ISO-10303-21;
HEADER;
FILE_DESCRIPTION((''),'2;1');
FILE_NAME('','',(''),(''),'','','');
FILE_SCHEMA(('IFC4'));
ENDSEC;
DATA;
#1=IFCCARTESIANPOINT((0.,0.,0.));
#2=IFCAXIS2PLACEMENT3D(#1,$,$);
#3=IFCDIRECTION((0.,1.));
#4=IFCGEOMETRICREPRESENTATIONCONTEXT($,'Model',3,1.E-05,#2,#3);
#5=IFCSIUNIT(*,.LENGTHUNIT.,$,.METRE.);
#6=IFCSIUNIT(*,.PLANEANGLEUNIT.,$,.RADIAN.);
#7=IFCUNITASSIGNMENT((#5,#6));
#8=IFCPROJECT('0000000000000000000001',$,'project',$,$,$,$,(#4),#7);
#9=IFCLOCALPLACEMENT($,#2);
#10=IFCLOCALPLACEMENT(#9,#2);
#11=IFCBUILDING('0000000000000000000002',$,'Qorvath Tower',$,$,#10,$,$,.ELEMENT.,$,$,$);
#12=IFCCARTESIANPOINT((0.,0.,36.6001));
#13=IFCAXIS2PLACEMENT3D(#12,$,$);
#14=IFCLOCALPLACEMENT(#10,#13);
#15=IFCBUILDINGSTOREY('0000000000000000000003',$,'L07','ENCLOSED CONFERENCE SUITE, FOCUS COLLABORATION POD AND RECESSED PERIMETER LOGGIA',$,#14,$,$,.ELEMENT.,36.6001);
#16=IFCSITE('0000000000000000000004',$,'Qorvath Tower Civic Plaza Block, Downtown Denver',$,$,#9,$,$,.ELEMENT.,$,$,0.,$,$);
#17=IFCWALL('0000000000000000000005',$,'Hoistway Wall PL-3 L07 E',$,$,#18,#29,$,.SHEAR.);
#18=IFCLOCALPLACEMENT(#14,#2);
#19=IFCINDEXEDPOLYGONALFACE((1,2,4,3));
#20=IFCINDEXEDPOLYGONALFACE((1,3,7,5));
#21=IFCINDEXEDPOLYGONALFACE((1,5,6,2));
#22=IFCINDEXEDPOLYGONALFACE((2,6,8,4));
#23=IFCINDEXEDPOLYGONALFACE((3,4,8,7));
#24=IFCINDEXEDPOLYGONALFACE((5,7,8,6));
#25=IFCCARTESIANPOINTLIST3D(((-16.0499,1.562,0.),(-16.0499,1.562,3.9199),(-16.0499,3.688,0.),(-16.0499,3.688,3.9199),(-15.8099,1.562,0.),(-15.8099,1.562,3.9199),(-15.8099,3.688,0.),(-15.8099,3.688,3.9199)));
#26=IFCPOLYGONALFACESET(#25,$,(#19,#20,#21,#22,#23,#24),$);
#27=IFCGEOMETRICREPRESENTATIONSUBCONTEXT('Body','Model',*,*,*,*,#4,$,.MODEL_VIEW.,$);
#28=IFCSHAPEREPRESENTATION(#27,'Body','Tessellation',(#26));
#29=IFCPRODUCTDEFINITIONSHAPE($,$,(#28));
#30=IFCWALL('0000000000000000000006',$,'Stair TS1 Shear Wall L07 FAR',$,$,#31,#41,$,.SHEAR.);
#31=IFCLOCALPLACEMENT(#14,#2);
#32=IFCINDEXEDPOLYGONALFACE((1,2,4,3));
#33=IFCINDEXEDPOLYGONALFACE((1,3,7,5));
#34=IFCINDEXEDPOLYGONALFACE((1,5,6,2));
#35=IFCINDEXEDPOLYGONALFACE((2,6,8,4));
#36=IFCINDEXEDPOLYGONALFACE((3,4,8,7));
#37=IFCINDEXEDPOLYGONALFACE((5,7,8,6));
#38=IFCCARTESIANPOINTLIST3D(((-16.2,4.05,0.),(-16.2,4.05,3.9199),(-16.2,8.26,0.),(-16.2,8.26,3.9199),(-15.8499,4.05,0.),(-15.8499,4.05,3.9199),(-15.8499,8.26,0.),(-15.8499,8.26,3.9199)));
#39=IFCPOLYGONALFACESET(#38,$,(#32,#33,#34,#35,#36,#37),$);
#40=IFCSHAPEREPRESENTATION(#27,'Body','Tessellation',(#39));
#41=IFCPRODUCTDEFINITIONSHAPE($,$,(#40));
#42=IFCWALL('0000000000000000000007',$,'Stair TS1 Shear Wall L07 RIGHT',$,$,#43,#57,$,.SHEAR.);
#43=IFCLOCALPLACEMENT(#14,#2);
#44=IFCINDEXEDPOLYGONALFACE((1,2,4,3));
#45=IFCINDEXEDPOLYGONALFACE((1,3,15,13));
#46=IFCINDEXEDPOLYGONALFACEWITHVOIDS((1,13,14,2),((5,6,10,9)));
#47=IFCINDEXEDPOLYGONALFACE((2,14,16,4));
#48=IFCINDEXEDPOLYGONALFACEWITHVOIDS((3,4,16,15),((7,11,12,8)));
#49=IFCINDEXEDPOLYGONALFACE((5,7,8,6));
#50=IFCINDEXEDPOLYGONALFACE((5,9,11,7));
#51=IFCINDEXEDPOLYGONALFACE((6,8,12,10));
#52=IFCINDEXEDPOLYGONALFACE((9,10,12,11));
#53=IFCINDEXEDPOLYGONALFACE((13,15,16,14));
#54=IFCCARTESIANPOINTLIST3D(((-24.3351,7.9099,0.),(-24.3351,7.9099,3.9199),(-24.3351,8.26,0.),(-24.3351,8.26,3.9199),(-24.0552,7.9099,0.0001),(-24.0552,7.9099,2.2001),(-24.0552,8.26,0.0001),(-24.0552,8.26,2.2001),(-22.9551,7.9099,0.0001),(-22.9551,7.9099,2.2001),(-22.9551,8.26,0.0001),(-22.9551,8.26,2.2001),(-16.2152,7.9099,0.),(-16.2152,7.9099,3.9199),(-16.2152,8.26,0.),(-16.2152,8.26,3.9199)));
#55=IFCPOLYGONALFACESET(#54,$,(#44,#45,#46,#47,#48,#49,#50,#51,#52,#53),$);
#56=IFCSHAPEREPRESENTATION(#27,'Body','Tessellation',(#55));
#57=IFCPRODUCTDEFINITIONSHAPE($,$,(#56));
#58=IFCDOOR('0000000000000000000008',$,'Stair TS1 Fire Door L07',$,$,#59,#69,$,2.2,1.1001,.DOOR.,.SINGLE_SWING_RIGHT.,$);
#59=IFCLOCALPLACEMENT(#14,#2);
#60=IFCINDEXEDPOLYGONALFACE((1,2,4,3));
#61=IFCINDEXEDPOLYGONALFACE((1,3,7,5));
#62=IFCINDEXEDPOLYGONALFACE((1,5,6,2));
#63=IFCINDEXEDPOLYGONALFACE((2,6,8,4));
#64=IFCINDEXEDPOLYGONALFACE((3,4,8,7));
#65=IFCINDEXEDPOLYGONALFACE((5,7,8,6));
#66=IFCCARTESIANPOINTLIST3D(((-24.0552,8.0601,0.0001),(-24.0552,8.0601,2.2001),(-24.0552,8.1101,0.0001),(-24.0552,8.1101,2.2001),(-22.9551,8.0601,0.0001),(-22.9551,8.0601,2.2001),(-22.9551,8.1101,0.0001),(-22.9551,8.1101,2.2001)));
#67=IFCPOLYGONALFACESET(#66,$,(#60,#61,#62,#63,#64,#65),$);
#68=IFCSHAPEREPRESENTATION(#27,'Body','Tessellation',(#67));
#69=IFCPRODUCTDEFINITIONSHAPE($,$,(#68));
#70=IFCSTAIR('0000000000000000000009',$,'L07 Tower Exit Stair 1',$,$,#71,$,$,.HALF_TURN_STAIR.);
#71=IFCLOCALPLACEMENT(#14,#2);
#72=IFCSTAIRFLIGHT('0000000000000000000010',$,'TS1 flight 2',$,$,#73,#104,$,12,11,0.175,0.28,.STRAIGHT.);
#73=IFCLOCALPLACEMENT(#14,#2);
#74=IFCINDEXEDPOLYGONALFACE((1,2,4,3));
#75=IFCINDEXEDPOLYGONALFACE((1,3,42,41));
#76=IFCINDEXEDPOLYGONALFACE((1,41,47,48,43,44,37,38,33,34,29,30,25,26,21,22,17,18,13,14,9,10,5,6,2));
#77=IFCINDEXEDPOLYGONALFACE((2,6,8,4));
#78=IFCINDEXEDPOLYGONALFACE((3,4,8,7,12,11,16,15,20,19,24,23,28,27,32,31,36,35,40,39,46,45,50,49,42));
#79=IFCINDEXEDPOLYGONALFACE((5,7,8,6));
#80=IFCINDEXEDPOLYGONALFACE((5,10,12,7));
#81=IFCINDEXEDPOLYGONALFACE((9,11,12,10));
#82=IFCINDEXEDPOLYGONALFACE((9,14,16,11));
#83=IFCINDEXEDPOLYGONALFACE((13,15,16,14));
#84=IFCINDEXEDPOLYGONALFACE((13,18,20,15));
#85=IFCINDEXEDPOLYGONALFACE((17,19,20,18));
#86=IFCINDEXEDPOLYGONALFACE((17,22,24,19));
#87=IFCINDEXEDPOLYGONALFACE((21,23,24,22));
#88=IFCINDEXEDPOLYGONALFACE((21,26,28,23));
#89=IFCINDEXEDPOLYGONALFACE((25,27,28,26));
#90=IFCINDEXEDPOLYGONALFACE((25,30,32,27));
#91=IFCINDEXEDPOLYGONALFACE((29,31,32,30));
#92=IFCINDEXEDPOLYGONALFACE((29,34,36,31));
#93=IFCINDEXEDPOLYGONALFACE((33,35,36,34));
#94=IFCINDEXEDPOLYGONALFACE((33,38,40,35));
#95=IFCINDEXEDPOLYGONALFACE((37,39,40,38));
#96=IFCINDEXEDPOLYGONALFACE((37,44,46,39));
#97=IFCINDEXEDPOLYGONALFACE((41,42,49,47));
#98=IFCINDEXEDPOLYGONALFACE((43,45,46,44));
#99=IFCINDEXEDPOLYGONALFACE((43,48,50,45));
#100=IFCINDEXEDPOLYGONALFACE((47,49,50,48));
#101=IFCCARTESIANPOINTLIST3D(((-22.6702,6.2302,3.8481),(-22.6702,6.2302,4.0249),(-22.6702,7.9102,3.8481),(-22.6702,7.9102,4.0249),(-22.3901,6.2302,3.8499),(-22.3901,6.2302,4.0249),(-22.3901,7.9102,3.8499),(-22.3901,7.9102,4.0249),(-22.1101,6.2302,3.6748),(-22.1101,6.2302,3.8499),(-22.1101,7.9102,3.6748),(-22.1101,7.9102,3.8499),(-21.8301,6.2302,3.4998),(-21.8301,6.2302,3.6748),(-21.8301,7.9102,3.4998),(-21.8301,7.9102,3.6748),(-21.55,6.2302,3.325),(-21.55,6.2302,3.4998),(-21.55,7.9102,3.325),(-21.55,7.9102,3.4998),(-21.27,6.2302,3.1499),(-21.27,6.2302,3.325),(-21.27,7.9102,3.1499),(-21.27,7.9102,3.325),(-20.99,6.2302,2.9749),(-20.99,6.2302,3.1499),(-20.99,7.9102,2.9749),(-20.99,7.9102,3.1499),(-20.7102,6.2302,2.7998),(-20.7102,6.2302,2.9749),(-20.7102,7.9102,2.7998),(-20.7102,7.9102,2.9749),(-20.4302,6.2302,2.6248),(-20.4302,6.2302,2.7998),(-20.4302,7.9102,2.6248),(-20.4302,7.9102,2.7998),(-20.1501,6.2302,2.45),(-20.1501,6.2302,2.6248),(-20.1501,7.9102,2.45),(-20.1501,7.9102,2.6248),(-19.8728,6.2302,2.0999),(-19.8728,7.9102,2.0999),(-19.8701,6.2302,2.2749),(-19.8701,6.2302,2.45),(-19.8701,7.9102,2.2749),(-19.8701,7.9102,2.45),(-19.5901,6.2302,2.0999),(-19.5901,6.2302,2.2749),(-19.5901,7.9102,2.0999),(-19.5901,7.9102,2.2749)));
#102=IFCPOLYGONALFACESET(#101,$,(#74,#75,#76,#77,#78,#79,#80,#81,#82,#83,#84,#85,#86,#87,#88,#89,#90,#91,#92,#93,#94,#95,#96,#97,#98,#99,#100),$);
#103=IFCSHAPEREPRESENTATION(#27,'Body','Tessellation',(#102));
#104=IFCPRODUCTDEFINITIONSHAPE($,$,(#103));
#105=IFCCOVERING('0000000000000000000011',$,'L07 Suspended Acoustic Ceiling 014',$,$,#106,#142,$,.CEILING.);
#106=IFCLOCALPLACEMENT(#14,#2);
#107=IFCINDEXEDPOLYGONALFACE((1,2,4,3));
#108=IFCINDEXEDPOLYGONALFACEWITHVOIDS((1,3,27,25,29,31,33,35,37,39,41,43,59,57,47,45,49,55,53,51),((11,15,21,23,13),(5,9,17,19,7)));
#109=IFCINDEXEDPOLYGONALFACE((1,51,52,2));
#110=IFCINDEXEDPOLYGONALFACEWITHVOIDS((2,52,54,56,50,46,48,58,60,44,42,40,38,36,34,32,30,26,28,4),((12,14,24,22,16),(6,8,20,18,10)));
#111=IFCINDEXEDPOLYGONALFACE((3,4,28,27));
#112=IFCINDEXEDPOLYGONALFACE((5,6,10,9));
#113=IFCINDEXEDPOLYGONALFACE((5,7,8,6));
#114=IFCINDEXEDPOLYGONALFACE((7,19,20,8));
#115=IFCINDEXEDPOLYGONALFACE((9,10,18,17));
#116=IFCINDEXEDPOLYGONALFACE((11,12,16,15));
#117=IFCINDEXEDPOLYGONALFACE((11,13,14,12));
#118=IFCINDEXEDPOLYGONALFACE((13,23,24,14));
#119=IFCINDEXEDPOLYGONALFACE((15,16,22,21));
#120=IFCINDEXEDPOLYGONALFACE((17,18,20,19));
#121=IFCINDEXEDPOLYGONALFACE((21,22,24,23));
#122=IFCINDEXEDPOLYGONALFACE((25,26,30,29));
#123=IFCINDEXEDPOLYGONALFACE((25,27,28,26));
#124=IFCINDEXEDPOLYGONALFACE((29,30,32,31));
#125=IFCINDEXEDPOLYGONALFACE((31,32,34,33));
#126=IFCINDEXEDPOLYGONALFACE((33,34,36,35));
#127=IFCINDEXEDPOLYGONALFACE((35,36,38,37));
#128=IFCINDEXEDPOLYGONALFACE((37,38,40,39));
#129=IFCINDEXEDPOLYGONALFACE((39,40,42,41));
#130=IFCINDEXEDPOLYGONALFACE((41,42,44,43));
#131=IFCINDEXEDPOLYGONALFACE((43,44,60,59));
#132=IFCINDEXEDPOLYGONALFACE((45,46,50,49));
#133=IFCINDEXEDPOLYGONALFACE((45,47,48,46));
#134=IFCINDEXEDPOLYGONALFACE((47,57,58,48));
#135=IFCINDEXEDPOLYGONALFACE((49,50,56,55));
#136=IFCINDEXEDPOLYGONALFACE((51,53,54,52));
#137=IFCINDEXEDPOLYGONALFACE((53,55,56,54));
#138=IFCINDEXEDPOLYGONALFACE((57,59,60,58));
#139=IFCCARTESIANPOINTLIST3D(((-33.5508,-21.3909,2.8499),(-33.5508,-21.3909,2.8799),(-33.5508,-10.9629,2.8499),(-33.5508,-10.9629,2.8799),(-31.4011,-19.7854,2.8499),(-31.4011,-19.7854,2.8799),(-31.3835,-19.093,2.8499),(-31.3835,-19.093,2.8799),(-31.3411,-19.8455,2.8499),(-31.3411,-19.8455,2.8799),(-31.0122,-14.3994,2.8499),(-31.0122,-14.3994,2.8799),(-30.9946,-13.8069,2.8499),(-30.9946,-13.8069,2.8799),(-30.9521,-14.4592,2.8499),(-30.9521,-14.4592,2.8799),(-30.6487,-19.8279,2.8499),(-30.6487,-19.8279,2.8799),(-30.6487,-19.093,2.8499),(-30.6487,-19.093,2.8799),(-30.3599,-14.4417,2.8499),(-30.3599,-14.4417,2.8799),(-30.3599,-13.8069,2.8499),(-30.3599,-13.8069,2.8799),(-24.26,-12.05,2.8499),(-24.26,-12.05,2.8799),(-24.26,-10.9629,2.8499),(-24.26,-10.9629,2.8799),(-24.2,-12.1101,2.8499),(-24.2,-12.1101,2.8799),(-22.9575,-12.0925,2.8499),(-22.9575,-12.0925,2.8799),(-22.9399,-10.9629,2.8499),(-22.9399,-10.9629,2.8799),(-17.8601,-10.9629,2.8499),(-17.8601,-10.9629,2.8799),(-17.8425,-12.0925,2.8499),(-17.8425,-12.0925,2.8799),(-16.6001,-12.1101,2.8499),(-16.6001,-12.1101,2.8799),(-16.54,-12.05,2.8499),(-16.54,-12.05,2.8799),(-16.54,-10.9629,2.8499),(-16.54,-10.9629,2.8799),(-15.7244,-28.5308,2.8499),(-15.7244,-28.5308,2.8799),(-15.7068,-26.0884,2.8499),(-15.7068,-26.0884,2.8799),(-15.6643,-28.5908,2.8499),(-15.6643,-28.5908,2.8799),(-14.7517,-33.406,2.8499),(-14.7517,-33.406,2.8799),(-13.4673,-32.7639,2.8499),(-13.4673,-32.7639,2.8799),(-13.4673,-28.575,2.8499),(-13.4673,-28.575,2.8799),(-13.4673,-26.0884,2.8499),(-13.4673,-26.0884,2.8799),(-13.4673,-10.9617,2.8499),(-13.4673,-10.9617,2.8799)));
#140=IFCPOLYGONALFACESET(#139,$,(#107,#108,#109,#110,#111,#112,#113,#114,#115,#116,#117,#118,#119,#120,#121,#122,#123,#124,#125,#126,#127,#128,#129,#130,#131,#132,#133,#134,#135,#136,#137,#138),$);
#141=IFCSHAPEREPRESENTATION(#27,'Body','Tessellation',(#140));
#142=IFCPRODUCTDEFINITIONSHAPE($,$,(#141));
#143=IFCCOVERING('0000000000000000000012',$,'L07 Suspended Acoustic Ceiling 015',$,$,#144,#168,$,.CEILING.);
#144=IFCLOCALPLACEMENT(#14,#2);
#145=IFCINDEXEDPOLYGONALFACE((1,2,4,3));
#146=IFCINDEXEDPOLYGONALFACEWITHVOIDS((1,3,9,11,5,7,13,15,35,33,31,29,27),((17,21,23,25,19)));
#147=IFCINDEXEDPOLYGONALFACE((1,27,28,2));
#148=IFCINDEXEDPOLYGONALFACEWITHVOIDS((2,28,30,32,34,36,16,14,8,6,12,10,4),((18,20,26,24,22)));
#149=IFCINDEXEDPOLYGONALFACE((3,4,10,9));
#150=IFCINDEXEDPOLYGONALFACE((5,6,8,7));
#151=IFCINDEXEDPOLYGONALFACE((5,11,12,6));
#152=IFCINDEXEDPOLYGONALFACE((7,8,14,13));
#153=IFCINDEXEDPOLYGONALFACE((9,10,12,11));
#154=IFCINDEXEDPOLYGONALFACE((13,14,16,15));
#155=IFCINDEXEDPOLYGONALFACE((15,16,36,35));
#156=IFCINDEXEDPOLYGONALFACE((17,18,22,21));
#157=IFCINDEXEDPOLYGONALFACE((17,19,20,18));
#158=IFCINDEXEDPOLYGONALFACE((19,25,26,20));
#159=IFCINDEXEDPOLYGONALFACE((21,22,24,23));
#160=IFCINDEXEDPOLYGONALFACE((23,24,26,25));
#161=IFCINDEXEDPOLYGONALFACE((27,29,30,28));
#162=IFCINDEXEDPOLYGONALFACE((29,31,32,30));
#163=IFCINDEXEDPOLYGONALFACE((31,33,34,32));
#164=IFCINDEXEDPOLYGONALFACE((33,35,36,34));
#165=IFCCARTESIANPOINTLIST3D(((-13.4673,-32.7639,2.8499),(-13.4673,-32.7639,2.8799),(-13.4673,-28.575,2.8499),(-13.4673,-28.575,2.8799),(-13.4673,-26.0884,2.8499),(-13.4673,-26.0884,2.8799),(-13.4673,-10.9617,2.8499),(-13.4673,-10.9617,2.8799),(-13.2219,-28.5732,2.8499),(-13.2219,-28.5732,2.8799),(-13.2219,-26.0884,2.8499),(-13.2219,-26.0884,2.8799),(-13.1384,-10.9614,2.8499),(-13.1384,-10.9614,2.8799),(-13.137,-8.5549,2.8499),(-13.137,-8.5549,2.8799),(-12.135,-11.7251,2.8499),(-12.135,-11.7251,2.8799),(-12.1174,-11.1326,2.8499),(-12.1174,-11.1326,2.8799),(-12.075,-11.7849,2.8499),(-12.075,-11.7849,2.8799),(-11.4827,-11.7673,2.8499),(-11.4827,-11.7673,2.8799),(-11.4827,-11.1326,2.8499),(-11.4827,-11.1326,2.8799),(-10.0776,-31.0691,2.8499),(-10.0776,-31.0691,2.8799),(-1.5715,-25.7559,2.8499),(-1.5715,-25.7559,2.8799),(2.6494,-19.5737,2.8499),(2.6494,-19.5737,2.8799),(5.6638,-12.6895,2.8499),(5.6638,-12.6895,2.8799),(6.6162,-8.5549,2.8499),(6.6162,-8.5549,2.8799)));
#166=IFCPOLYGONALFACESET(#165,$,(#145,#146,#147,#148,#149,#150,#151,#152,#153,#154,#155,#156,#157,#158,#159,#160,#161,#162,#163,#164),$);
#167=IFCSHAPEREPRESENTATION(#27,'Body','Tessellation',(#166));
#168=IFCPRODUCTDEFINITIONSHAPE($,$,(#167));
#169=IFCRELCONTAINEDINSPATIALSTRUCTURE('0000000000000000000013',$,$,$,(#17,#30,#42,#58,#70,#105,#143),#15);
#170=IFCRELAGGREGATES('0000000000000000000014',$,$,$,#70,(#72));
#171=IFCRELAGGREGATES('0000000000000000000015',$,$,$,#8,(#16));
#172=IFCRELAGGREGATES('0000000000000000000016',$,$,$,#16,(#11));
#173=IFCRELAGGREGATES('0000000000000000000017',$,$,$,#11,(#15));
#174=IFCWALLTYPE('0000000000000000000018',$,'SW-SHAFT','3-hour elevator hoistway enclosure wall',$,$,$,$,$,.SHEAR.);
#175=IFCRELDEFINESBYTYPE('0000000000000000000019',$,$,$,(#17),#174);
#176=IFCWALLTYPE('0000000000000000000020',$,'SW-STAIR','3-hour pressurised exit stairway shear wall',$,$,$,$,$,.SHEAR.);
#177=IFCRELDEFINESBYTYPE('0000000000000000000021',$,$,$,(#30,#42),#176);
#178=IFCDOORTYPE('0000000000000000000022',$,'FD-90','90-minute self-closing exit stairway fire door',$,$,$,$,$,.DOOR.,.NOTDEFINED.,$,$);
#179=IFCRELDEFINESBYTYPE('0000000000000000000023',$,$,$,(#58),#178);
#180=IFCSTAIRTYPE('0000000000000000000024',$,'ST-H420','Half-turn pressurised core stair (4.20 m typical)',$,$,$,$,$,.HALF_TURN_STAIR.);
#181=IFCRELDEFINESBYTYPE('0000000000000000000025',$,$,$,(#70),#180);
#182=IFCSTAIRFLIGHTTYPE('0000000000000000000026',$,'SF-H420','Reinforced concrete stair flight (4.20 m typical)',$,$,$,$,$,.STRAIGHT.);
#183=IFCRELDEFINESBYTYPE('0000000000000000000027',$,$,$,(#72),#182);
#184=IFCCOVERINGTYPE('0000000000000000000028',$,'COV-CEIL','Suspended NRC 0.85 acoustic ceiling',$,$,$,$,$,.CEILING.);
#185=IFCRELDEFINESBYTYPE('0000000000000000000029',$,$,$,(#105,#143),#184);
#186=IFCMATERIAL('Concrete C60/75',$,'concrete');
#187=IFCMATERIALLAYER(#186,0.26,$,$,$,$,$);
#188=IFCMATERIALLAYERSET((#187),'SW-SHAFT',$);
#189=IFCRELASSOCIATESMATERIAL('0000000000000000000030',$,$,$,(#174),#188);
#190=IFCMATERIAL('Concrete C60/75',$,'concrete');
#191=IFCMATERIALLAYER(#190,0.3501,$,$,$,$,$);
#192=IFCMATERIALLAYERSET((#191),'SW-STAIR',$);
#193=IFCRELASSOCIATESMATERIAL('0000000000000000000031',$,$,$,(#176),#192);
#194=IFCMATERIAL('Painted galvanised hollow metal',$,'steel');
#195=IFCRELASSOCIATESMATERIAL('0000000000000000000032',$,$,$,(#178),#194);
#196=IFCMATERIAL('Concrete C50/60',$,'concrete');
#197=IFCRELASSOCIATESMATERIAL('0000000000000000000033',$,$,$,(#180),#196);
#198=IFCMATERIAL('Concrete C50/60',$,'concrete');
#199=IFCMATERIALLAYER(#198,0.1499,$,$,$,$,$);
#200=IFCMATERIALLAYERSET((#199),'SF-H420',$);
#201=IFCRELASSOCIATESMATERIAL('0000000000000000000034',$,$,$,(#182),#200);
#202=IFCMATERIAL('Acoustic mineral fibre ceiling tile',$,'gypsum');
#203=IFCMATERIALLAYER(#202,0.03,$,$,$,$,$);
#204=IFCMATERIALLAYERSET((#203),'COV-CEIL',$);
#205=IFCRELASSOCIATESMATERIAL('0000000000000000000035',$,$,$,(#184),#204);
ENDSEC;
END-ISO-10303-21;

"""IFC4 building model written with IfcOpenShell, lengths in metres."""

from ifc_helpers import new_model, si_unit, direction, frame, frame_2d, origin, place, context, subcontext, project, spatial, polyline, rectangle, outline, extrude, material, layer, layer_set, type_object, element, fill, aggregate, save


model = new_model("IFC4")

# Units and contexts
model_context = context("Model", 3, precision=1e-05, world=origin(), true_north=direction((0.0, 1.0)))
body_context = subcontext(model_context, "Body", "Model", "MODEL_VIEW")
ifc_project = project(units=[si_unit("LENGTHUNIT", "METRE"), si_unit("PLANEANGLEUNIT", "RADIAN")], contexts=[model_context])

# Site, building, storey
site_placement = place(None, origin())
site = spatial("IfcSite", under=ifc_project, at=site_placement, Name="Qorvath Tower Civic Plaza Block, Downtown Denver", CompositionType="ELEMENT", RefElevation=0.0)
building_placement = place(site_placement, origin())
building = spatial("IfcBuilding", under=site, at=building_placement, Name="Qorvath Tower", CompositionType="ELEMENT")
storey_placement = place(building_placement, frame((0.0, 0.0, 36.6001)))
storey = spatial("IfcBuildingStorey", under=building, at=storey_placement, Name="L07", Description="ENCLOSED CONFERENCE SUITE, FOCUS COLLABORATION POD AND RECESSED PERIMETER LOGGIA", CompositionType="ELEMENT", Elevation=36.6001)

# Shared definitions
ifc_material_1 = material(Name="Concrete C60/75", Category="concrete")
ifc_layer_1 = layer(ifc_material_1, 0.26)
ifc_layer_set_1 = layer_set([ifc_layer_1], Name="SW-SHAFT")
wall_type_1 = type_object("IfcWallType", Name="SW-SHAFT", Description="3-hour elevator hoistway enclosure wall", PredefinedType="SHEAR", material=ifc_layer_set_1)

# Walls
wall_1_placement = place(storey_placement, frame((-15.9299, 3.688, 0.0), z_axis=(0.0, 0.0, 1.0), x_axis=(0.0, -1.0, 0.0)))
element("IfcWall", 1, at=wall_1_placement, inside=storey, type_object=wall_type_1, Name="Hoistway Wall PL-3 L07 E", PredefinedType="SHEAR", context=body_context, shape_type="SweptSolid", body=[
    extrude(rectangle(XDim=2.126, YDim=0.24, at=frame_2d((1.063, 0.0))), origin(), (0.0, 0.0, 1.0), 3.9199),
])
ifc_material_2 = material(Name="Concrete C60/75", Category="concrete")
ifc_layer_2 = layer(ifc_material_2, 0.3501)
ifc_layer_set_2 = layer_set([ifc_layer_2], Name="SW-STAIR")
wall_type_2 = type_object("IfcWallType", Name="SW-STAIR", Description="3-hour pressurised exit stairway shear wall", PredefinedType="SHEAR", material=ifc_layer_set_2)
wall_2_placement = place(storey_placement, frame((-16.0249, 4.05, 0.0), z_axis=(0.0, 0.0, 1.0), x_axis=(0.0, 1.0, 0.0)))
element("IfcWall", 2, at=wall_2_placement, inside=storey, type_object=wall_type_2, Name="Stair TS1 Shear Wall L07 FAR", PredefinedType="SHEAR", context=body_context, shape_type="SweptSolid", body=[
    extrude(rectangle(XDim=4.21, YDim=0.3501, at=frame_2d((2.105, 0.0))), origin(), (0.0, 0.0, 1.0), 3.9199),
])

# Wall, opening, door
wall_3_placement = place(storey_placement, frame((-16.2151, 8.085, 0.0), z_axis=(0.0, 0.0, 1.0), x_axis=(-1.0, 0.0, 0.0)))
wall_3 = element("IfcWall", 3, at=wall_3_placement, inside=storey, type_object=wall_type_2, Name="Stair TS1 Shear Wall L07 RIGHT", PredefinedType="SHEAR", context=body_context, shape_type="SweptSolid", body=[
    extrude(rectangle(XDim=8.1199, YDim=0.3501, at=frame_2d((4.0601, 0.0))), origin(), (0.0, 0.0, 1.0), 3.9199),
])
opening_1_placement = place(wall_3_placement, frame((6.74, 0.0, 0.0)))
opening_1 = element("IfcOpeningElement", 4, at=opening_1_placement, cuts=wall_3, PredefinedType="OPENING", context=body_context, shape_type="SweptSolid", body=[
    extrude(rectangle(XDim=1.1001, YDim=2.2, at=frame_2d((0.55, 1.1001))), frame((0.0, 0.1851, 0.0), z_axis=(0.0, -1.0, 0.0), x_axis=(1.0, 0.0, 0.0)), (0.0, 0.0, 1.0), 0.3701),
])
ifc_material_3 = material(Name="Painted galvanised hollow metal", Category="steel")
door_type_1 = type_object("IfcDoorType", Name="FD-90", Description="90-minute self-closing exit stairway fire door", OperationType="NOTDEFINED", PredefinedType="DOOR", material=ifc_material_3)
door_1_placement = place(opening_1_placement, origin())
door_1 = element("IfcDoor", 5, at=door_1_placement, inside=storey, type_object=door_type_1, Name="Stair TS1 Fire Door L07", OperationType="SINGLE_SWING_RIGHT", OverallHeight=2.2, OverallWidth=1.1001, PredefinedType="DOOR", context=body_context, shape_type="SweptSolid", body=[
    extrude(rectangle(XDim=1.1001, YDim=2.2, at=frame_2d((0.55, 1.1001))), frame((0.0, 0.0249, 0.0), z_axis=(0.0, -1.0, 0.0), x_axis=(1.0, 0.0, 0.0)), (0.0, 0.0, 1.0), 0.05),
])
fill(opening_1, door_1)

# Stair, stair flight
ifc_material_4 = material(Name="Concrete C50/60", Category="concrete")
stair_type = type_object("IfcStairType", Name="ST-H420", Description="Half-turn pressurised core stair (4.20 m typical)", PredefinedType="HALF_TURN_STAIR", material=ifc_material_4)
stair_placement = place(storey_placement, origin())
stair = element("IfcStair", 6, at=stair_placement, inside=storey, type_object=stair_type, Name="L07 Tower Exit Stair 1", PredefinedType="HALF_TURN_STAIR")
ifc_material_5 = material(Name="Concrete C50/60", Category="concrete")
ifc_layer_3 = layer(ifc_material_5, 0.1499)
ifc_layer_set_3 = layer_set([ifc_layer_3], Name="SF-H420")
stair_flight_type = type_object("IfcStairFlightType", Name="SF-H420", Description="Reinforced concrete stair flight (4.20 m typical)", PredefinedType="STRAIGHT", material=ifc_layer_set_3)
stair_flight_placement = place(storey_placement, frame((-19.5901, 7.0701, 2.0999), z_axis=(0.0, 0.0, 1.0), x_axis=(-1.0, 0.0, 0.0)))
stair_flight = element("IfcStairFlight", 7, at=stair_flight_placement, type_object=stair_flight_type, Name="TS1 flight 2", NumberOfRisers=12, NumberOfTreads=11, PredefinedType="STRAIGHT", RiserHeight=0.175, TreadLength=0.28, context=body_context, shape_type="SweptSolid", body=[
    extrude(outline(polyline([(0.0, 0.0), (0.0, 0.175), (0.28, 0.175), (0.28, 0.3501), (0.5601, 0.3501), (0.5601, 0.5249), (0.8401, 0.5249), (0.8401, 0.7), (1.1201, 0.7), (1.1201, 0.875), (1.3999, 0.875), (1.3999, 1.05), (1.6799, 1.05), (1.6799, 1.2251), (1.96, 1.2251), (1.96, 1.3999), (2.24, 1.3999), (2.24, 1.575), (2.52, 1.575), (2.52, 1.75), (2.8, 1.75), (2.8, 1.925), (3.0801, 1.925), (3.0801, 2.1001), (3.0801, 1.7483), (0.2827, 0.0), (0.0, 0.0)])), frame((0.0, 0.8398, 0.0), z_axis=(0.0, -1.0, 0.0), x_axis=(1.0, 0.0, 0.0)), (0.0, 0.0, 1.0), 1.6799),
])
aggregate(stair, [stair_flight])

# Coverings
ifc_material_6 = material(Name="Acoustic mineral fibre ceiling tile", Category="gypsum")
ifc_layer_4 = layer(ifc_material_6, 0.03)
ifc_layer_set_4 = layer_set([ifc_layer_4], Name="COV-CEIL")
covering_type_1 = type_object("IfcCoveringType", Name="COV-CEIL", Description="Suspended NRC 0.85 acoustic ceiling", PredefinedType="CEILING", material=ifc_layer_set_4)
covering_1_placement = place(storey_placement, frame((0.0, 0.0, 2.8499)))
element("IfcCovering", 8, at=covering_1_placement, inside=storey, type_object=covering_type_1, Name="L07 Suspended Acoustic Ceiling 014", PredefinedType="CEILING", context=body_context, shape_type="SweptSolid", body=[
    extrude(outline(polyline([(-13.4673, -32.7639), (-13.4673, -28.575), (-15.6643, -28.5908), (-15.7244, -28.5308), (-15.7068, -26.0884), (-13.4673, -26.0884), (-13.4673, -10.9617), (-16.54, -10.9629), (-16.54, -12.05), (-16.6001, -12.1101), (-17.8425, -12.0925), (-17.8601, -10.9629), (-22.9399, -10.9629), (-22.9575, -12.0925), (-24.2, -12.1101), (-24.26, -12.05), (-24.26, -10.9629), (-33.5508, -10.9629), (-33.5508, -21.3909), (-14.7517, -33.406), (-13.4673, -32.7639)]), holes=[polyline([(-31.0122, -14.3994), (-30.9946, -13.8069), (-30.3599, -13.8069), (-30.3599, -14.4417), (-30.9521, -14.4592), (-31.0122, -14.3994)]), polyline([(-31.4011, -19.7854), (-31.3835, -19.093), (-30.6487, -19.093), (-30.6487, -19.8279), (-31.3411, -19.8455), (-31.4011, -19.7854)])]), origin(), (0.0, 0.0, 1.0), 0.03),
])
covering_2_placement = place(storey_placement, frame((0.0, 0.0, 2.8499)))
element("IfcCovering", 9, at=covering_2_placement, inside=storey, type_object=covering_type_1, Name="L07 Suspended Acoustic Ceiling 015", PredefinedType="CEILING", context=body_context, shape_type="SweptSolid", body=[
    extrude(outline(polyline([(-10.0776, -31.0691), (-1.5715, -25.7559), (2.6494, -19.5737), (5.6638, -12.6895), (6.6162, -8.5549), (-13.137, -8.5549), (-13.1384, -10.9614), (-13.4673, -10.9617), (-13.4673, -26.0884), (-13.2219, -26.0884), (-13.2219, -28.5732), (-13.4673, -28.575), (-13.4673, -32.7639), (-10.0776, -31.0691)]), holes=[polyline([(-12.135, -11.7251), (-12.1174, -11.1326), (-11.4827, -11.1326), (-11.4827, -11.7673), (-12.075, -11.7849), (-12.135, -11.7251)])]), origin(), (0.0, 0.0, 1.0), 0.03),
])

save(model, "model.ifc")
